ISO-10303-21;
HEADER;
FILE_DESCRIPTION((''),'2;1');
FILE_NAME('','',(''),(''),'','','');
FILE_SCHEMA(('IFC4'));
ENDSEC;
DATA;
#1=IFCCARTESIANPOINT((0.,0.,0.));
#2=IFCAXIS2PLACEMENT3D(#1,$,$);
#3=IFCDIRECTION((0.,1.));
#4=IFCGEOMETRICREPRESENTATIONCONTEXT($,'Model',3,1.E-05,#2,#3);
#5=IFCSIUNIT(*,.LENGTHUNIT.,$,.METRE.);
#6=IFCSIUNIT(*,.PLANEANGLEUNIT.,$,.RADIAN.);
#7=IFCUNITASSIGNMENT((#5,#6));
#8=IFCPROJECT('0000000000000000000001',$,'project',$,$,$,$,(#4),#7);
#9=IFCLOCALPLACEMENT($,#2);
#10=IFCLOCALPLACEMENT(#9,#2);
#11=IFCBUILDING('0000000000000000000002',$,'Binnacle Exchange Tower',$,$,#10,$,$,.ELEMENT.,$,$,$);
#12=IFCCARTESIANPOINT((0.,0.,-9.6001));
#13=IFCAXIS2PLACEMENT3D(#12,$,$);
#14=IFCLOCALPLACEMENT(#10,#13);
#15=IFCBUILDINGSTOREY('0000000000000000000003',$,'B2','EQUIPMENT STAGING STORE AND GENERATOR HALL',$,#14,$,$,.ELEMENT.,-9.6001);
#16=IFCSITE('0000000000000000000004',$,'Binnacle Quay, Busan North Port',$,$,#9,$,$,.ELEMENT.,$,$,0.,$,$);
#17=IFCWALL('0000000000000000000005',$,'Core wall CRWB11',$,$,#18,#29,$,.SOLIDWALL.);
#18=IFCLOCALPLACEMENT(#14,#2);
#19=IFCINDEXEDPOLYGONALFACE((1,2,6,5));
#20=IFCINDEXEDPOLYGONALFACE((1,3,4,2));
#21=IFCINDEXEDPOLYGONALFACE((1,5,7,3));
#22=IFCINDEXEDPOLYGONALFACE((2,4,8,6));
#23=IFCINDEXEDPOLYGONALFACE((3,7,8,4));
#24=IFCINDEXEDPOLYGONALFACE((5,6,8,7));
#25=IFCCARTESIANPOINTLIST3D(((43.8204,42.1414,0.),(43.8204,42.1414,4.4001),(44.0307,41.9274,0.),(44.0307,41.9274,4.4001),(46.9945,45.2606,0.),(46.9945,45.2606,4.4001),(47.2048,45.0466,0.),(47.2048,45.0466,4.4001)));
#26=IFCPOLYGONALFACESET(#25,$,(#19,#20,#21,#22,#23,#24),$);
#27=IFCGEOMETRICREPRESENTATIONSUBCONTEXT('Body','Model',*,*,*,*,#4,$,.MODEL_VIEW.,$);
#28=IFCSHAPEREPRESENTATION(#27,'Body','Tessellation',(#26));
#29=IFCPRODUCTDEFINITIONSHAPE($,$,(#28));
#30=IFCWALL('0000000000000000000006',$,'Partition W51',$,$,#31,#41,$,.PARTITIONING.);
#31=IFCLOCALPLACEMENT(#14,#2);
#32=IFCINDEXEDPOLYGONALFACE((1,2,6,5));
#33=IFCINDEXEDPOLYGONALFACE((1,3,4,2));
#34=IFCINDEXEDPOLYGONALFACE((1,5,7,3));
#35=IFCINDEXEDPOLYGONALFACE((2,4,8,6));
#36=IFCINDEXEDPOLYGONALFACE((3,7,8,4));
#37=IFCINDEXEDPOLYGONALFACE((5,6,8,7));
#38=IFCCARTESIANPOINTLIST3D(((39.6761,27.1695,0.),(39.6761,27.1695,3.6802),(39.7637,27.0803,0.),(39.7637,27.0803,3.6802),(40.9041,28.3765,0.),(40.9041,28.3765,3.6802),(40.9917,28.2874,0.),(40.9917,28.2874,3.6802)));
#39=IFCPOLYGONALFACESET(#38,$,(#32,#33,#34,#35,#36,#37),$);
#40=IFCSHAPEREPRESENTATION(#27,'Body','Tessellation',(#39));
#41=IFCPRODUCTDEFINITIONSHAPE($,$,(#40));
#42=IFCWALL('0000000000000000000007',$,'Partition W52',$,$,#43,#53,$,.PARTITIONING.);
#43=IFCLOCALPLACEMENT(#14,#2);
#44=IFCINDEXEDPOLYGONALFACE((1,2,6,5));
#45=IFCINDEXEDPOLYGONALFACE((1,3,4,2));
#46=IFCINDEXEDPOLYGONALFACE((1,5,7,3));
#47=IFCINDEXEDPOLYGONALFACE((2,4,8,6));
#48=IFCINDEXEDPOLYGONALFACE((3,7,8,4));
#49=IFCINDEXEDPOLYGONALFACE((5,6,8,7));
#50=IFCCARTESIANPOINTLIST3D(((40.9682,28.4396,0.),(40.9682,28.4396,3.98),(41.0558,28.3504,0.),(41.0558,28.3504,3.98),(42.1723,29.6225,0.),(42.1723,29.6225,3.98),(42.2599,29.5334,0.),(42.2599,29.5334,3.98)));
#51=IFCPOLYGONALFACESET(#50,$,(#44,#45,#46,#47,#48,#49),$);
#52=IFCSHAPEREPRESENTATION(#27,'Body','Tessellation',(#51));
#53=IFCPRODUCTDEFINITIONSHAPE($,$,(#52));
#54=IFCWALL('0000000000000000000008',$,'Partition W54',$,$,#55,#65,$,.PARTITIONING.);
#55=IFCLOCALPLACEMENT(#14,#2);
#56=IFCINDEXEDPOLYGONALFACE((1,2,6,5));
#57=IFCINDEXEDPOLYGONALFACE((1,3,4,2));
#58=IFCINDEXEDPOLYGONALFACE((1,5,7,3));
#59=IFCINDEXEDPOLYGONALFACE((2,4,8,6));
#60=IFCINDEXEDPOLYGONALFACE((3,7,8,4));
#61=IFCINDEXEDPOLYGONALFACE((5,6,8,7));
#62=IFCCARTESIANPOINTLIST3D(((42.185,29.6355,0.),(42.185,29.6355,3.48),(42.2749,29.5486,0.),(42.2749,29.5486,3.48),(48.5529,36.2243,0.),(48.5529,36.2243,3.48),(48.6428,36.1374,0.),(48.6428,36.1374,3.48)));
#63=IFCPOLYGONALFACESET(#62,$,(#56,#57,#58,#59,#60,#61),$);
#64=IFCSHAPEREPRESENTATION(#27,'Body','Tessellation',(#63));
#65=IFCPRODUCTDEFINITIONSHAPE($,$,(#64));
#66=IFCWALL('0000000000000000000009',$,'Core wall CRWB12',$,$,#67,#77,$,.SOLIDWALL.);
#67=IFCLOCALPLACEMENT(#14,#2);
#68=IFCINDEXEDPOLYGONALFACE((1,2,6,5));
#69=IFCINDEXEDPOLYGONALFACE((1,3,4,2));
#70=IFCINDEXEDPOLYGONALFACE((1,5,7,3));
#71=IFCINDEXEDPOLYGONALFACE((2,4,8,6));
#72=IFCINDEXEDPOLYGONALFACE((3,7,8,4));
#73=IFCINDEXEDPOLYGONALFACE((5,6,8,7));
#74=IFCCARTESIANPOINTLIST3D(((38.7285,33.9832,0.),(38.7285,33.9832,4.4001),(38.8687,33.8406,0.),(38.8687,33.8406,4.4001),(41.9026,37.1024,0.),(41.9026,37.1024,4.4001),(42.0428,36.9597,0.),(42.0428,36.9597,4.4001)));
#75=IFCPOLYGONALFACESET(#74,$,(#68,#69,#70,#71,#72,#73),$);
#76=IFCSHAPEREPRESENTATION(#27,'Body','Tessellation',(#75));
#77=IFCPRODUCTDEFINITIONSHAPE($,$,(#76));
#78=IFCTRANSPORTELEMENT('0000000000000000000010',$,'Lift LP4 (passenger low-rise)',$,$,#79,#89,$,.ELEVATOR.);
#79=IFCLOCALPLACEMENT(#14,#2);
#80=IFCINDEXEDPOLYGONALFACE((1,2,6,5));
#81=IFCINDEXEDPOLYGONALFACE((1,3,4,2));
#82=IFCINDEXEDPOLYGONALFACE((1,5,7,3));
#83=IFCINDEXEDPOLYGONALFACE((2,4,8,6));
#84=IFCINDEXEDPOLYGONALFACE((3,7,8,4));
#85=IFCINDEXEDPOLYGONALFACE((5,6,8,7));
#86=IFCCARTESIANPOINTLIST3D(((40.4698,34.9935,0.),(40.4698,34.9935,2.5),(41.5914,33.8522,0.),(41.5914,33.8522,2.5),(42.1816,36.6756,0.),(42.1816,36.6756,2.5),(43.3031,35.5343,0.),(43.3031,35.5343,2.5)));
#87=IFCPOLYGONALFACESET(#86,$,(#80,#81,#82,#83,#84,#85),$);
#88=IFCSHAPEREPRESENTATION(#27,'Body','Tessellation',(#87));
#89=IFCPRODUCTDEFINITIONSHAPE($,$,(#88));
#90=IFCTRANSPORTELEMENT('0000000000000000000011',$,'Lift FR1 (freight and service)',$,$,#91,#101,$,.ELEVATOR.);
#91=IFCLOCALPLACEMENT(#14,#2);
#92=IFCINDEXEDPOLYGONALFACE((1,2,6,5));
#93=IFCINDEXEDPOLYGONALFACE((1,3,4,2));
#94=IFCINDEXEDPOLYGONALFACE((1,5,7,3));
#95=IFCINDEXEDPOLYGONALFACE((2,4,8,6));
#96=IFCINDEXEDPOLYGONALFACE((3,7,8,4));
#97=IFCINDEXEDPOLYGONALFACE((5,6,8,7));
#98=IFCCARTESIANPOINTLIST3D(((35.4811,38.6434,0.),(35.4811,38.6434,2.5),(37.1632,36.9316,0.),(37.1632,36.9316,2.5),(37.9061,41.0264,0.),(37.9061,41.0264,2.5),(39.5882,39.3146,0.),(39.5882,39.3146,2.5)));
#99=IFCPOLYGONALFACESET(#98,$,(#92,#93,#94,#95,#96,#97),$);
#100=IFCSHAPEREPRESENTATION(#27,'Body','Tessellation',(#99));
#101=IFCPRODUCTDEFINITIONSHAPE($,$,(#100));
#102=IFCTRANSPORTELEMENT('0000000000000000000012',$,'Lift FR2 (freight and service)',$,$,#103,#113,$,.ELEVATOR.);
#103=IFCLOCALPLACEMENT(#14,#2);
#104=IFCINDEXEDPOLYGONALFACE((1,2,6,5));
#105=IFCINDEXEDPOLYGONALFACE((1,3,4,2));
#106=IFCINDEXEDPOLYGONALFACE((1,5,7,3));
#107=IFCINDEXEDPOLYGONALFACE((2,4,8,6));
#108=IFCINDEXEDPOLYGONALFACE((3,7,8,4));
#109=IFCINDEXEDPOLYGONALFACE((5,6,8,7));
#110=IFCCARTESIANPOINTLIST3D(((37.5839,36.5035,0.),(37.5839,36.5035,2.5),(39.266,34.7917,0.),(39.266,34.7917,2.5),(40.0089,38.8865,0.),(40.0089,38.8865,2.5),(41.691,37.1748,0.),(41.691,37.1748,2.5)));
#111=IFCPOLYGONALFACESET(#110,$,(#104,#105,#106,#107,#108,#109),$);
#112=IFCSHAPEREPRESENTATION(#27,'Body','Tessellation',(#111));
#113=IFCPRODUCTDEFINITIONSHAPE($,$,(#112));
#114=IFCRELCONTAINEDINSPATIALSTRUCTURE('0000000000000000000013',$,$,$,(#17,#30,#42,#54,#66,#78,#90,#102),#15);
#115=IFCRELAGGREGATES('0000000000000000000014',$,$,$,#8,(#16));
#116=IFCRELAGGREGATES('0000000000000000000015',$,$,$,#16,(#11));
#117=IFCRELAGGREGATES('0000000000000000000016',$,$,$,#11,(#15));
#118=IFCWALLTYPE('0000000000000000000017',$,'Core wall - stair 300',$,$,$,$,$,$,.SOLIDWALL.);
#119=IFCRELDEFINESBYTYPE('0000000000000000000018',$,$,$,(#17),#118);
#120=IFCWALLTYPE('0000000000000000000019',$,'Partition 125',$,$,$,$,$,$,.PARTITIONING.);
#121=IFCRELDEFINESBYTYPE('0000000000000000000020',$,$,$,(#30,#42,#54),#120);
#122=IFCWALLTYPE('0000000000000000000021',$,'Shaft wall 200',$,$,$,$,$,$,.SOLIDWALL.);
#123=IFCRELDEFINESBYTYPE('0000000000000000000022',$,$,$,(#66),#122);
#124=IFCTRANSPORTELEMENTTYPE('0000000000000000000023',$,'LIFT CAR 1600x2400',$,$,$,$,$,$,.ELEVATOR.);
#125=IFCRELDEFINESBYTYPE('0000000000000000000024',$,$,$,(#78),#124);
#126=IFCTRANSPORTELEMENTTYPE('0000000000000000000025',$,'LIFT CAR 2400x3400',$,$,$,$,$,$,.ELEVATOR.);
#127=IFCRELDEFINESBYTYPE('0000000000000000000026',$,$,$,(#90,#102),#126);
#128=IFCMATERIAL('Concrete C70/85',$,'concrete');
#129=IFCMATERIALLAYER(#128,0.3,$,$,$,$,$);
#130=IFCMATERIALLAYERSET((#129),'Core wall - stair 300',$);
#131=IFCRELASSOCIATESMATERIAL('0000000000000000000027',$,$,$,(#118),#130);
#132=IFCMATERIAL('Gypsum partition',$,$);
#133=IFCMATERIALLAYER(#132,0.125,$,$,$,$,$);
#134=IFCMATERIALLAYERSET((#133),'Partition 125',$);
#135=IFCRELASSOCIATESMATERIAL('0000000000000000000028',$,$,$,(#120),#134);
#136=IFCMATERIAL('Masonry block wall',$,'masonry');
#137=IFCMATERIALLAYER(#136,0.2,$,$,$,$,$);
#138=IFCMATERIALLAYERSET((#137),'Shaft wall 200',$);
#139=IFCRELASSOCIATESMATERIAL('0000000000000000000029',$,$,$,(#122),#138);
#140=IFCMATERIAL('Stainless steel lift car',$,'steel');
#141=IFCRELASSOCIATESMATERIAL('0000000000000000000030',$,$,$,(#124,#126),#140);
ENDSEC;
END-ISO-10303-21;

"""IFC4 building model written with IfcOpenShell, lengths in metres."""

from ifc_helpers import new_model, si_unit, direction, frame, frame_2d, origin, origin_2d, place, context, subcontext, project, spatial, rectangle, extrude, material, layer, layer_set, type_object, element, save


model = new_model("IFC4")

# Units and contexts
model_context = context("Model", 3, precision=1e-05, world=origin(), true_north=direction((0.0, 1.0)))
body_context = subcontext(model_context, "Body", "Model", "MODEL_VIEW")
ifc_project = project(units=[si_unit("LENGTHUNIT", "METRE"), si_unit("PLANEANGLEUNIT", "RADIAN")], contexts=[model_context])

# Site, building, storey
site_placement = place(None, origin())
site = spatial("IfcSite", under=ifc_project, at=site_placement, Name="Binnacle Quay, Busan North Port", CompositionType="ELEMENT", RefElevation=0.0)
building_placement = place(site_placement, origin())
building = spatial("IfcBuilding", under=site, at=building_placement, Name="Binnacle Exchange Tower", CompositionType="ELEMENT")
storey_placement = place(building_placement, frame((0.0, 0.0, -9.6001)))
storey = spatial("IfcBuildingStorey", under=building, at=storey_placement, Name="B2", Description="EQUIPMENT STAGING STORE AND GENERATOR HALL", CompositionType="ELEMENT", Elevation=-9.6001)

# Shared definitions
ifc_material_1 = material(Name="Concrete C70/85", Category="concrete")

# Walls
ifc_layer_1 = layer(ifc_material_1, 0.3)
ifc_layer_set_1 = layer_set([ifc_layer_1], Name="Core wall - stair 300")
wall_type_1 = type_object("IfcWallType", Name="Core wall - stair 300", PredefinedType="SOLIDWALL", material=ifc_layer_set_1)
wall_1_placement = place(storey_placement, frame((43.9255, 42.0344, 0.0), z_axis=(0.0, 0.0, 1.0), x_axis=(0.713252, 0.700908, 0.0)))
element("IfcWall", 1, at=wall_1_placement, inside=storey, type_object=wall_type_1, Name="Core wall CRWB11", PredefinedType="SOLIDWALL", context=body_context, shape_type="SweptSolid", body=[
    extrude(rectangle(XDim=4.4502, YDim=0.3, at=frame_2d((2.2251, 0.0))), origin(), (0.0, 0.0, 1.0), 4.4001),
])
ifc_material_2 = material(Name="Gypsum partition")
ifc_layer_2 = layer(ifc_material_2, 0.125)
ifc_layer_set_2 = layer_set([ifc_layer_2], Name="Partition 125")
wall_type_2 = type_object("IfcWallType", Name="Partition 125", PredefinedType="PARTITIONING", material=ifc_layer_set_2)
wall_2_placement = place(storey_placement, frame((39.72, 27.125, 0.0), z_axis=(0.0, 0.0, 1.0), x_axis=(0.713177, 0.700984, 0.0)))
element("IfcWall", 2, at=wall_2_placement, inside=storey, type_object=wall_type_2, Name="Partition W51", PredefinedType="PARTITIONING", context=body_context, shape_type="SweptSolid", body=[
    extrude(rectangle(XDim=1.7219, YDim=0.125, at=frame_2d((0.8608, 0.0))), origin(), (0.0, 0.0, 1.0), 3.6802),
])
wall_3_placement = place(storey_placement, frame((41.012, 28.395, 0.0), z_axis=(0.0, 0.0, 1.0), x_axis=(0.713371, 0.700787, 0.0)))
element("IfcWall", 3, at=wall_3_placement, inside=storey, type_object=wall_type_2, Name="Partition W52", PredefinedType="PARTITIONING", context=body_context, shape_type="SweptSolid", body=[
    extrude(rectangle(XDim=1.688, YDim=0.125, at=frame_2d((0.844, 0.0))), origin(), (0.0, 0.0, 1.0), 3.98),
])
wall_4_placement = place(storey_placement, frame((42.23, 29.592, 0.0), z_axis=(0.0, 0.0, 1.0), x_axis=(0.694948, 0.71906, 0.0)))
element("IfcWall", 4, at=wall_4_placement, inside=storey, type_object=wall_type_2, Name="Partition W54", PredefinedType="PARTITIONING", context=body_context, shape_type="SweptSolid", body=[
    extrude(rectangle(XDim=9.1631, YDim=0.125, at=frame_2d((4.5815, 0.0))), origin(), (0.0, 0.0, 1.0), 3.48),
])
ifc_material_3 = material(Name="Masonry block wall", Category="masonry")
ifc_layer_3 = layer(ifc_material_3, 0.2)
ifc_layer_set_3 = layer_set([ifc_layer_3], Name="Shaft wall 200")
wall_type_3 = type_object("IfcWallType", Name="Shaft wall 200", PredefinedType="SOLIDWALL", material=ifc_layer_set_3)
wall_5_placement = place(storey_placement, frame((38.7986, 33.9119, 0.0), z_axis=(0.0, 0.0, 1.0), x_axis=(0.713252, 0.700908, 0.0)))
element("IfcWall", 5, at=wall_5_placement, inside=storey, type_object=wall_type_3, Name="Core wall CRWB12", PredefinedType="SOLIDWALL", context=body_context, shape_type="SweptSolid", body=[
    extrude(rectangle(XDim=4.4502, YDim=0.2, at=frame_2d((2.2251, 0.0))), origin(), (0.0, 0.0, 1.0), 4.4001),
])

# Transport elements
ifc_material_4 = material(Name="Stainless steel lift car", Category="steel")
transport_element_type_1 = type_object("IfcTransportElementType", Name="LIFT CAR 1600x2400", PredefinedType="ELEVATOR", material=ifc_material_4)
transport_element_placement = place(storey_placement, frame((41.8865, 35.2639, 0.0), z_axis=(0.0, 0.0, 1.0), x_axis=(0.700909, -0.71325, 0.0)))
element("IfcTransportElement", 6, at=transport_element_placement, inside=storey, type_object=transport_element_type_1, Name="Lift LP4 (passenger low-rise)", PredefinedType="ELEVATOR", context=body_context, shape_type="SweptSolid", body=[
    extrude(rectangle(XDim=1.6001, YDim=2.3999, at=origin_2d()), origin(), (0.0, 0.0, 1.0), 2.5),
])
transport_element_type_2 = type_object("IfcTransportElementType", Name="LIFT CAR 2400x3400", PredefinedType="ELEVATOR", material=ifc_material_4)
for number, where, z_axis, x_axis, name in (
    (7, (37.5347, 38.979, 0.0), (0.0, 0.0, 1.0), (0.700909, -0.71325, 0.0), "Lift FR1 (freight and service)"),
    (8, (39.6375, 36.8391, 0.0), (0.0, 0.0, 1.0), (0.700909, -0.71325, 0.0), "Lift FR2 (freight and service)"),
):
    element("IfcTransportElement", number, at=place(storey_placement, frame(where, z_axis=z_axis, x_axis=x_axis)), inside=storey, type_object=transport_element_type_2, Name=name, PredefinedType="ELEVATOR", context=body_context, shape_type="SweptSolid", body=[
        extrude(rectangle(XDim=2.3999, YDim=3.3999, at=origin_2d()), origin(), (0.0, 0.0, 1.0), 2.5),
    ])

save(model, "model.ifc")
